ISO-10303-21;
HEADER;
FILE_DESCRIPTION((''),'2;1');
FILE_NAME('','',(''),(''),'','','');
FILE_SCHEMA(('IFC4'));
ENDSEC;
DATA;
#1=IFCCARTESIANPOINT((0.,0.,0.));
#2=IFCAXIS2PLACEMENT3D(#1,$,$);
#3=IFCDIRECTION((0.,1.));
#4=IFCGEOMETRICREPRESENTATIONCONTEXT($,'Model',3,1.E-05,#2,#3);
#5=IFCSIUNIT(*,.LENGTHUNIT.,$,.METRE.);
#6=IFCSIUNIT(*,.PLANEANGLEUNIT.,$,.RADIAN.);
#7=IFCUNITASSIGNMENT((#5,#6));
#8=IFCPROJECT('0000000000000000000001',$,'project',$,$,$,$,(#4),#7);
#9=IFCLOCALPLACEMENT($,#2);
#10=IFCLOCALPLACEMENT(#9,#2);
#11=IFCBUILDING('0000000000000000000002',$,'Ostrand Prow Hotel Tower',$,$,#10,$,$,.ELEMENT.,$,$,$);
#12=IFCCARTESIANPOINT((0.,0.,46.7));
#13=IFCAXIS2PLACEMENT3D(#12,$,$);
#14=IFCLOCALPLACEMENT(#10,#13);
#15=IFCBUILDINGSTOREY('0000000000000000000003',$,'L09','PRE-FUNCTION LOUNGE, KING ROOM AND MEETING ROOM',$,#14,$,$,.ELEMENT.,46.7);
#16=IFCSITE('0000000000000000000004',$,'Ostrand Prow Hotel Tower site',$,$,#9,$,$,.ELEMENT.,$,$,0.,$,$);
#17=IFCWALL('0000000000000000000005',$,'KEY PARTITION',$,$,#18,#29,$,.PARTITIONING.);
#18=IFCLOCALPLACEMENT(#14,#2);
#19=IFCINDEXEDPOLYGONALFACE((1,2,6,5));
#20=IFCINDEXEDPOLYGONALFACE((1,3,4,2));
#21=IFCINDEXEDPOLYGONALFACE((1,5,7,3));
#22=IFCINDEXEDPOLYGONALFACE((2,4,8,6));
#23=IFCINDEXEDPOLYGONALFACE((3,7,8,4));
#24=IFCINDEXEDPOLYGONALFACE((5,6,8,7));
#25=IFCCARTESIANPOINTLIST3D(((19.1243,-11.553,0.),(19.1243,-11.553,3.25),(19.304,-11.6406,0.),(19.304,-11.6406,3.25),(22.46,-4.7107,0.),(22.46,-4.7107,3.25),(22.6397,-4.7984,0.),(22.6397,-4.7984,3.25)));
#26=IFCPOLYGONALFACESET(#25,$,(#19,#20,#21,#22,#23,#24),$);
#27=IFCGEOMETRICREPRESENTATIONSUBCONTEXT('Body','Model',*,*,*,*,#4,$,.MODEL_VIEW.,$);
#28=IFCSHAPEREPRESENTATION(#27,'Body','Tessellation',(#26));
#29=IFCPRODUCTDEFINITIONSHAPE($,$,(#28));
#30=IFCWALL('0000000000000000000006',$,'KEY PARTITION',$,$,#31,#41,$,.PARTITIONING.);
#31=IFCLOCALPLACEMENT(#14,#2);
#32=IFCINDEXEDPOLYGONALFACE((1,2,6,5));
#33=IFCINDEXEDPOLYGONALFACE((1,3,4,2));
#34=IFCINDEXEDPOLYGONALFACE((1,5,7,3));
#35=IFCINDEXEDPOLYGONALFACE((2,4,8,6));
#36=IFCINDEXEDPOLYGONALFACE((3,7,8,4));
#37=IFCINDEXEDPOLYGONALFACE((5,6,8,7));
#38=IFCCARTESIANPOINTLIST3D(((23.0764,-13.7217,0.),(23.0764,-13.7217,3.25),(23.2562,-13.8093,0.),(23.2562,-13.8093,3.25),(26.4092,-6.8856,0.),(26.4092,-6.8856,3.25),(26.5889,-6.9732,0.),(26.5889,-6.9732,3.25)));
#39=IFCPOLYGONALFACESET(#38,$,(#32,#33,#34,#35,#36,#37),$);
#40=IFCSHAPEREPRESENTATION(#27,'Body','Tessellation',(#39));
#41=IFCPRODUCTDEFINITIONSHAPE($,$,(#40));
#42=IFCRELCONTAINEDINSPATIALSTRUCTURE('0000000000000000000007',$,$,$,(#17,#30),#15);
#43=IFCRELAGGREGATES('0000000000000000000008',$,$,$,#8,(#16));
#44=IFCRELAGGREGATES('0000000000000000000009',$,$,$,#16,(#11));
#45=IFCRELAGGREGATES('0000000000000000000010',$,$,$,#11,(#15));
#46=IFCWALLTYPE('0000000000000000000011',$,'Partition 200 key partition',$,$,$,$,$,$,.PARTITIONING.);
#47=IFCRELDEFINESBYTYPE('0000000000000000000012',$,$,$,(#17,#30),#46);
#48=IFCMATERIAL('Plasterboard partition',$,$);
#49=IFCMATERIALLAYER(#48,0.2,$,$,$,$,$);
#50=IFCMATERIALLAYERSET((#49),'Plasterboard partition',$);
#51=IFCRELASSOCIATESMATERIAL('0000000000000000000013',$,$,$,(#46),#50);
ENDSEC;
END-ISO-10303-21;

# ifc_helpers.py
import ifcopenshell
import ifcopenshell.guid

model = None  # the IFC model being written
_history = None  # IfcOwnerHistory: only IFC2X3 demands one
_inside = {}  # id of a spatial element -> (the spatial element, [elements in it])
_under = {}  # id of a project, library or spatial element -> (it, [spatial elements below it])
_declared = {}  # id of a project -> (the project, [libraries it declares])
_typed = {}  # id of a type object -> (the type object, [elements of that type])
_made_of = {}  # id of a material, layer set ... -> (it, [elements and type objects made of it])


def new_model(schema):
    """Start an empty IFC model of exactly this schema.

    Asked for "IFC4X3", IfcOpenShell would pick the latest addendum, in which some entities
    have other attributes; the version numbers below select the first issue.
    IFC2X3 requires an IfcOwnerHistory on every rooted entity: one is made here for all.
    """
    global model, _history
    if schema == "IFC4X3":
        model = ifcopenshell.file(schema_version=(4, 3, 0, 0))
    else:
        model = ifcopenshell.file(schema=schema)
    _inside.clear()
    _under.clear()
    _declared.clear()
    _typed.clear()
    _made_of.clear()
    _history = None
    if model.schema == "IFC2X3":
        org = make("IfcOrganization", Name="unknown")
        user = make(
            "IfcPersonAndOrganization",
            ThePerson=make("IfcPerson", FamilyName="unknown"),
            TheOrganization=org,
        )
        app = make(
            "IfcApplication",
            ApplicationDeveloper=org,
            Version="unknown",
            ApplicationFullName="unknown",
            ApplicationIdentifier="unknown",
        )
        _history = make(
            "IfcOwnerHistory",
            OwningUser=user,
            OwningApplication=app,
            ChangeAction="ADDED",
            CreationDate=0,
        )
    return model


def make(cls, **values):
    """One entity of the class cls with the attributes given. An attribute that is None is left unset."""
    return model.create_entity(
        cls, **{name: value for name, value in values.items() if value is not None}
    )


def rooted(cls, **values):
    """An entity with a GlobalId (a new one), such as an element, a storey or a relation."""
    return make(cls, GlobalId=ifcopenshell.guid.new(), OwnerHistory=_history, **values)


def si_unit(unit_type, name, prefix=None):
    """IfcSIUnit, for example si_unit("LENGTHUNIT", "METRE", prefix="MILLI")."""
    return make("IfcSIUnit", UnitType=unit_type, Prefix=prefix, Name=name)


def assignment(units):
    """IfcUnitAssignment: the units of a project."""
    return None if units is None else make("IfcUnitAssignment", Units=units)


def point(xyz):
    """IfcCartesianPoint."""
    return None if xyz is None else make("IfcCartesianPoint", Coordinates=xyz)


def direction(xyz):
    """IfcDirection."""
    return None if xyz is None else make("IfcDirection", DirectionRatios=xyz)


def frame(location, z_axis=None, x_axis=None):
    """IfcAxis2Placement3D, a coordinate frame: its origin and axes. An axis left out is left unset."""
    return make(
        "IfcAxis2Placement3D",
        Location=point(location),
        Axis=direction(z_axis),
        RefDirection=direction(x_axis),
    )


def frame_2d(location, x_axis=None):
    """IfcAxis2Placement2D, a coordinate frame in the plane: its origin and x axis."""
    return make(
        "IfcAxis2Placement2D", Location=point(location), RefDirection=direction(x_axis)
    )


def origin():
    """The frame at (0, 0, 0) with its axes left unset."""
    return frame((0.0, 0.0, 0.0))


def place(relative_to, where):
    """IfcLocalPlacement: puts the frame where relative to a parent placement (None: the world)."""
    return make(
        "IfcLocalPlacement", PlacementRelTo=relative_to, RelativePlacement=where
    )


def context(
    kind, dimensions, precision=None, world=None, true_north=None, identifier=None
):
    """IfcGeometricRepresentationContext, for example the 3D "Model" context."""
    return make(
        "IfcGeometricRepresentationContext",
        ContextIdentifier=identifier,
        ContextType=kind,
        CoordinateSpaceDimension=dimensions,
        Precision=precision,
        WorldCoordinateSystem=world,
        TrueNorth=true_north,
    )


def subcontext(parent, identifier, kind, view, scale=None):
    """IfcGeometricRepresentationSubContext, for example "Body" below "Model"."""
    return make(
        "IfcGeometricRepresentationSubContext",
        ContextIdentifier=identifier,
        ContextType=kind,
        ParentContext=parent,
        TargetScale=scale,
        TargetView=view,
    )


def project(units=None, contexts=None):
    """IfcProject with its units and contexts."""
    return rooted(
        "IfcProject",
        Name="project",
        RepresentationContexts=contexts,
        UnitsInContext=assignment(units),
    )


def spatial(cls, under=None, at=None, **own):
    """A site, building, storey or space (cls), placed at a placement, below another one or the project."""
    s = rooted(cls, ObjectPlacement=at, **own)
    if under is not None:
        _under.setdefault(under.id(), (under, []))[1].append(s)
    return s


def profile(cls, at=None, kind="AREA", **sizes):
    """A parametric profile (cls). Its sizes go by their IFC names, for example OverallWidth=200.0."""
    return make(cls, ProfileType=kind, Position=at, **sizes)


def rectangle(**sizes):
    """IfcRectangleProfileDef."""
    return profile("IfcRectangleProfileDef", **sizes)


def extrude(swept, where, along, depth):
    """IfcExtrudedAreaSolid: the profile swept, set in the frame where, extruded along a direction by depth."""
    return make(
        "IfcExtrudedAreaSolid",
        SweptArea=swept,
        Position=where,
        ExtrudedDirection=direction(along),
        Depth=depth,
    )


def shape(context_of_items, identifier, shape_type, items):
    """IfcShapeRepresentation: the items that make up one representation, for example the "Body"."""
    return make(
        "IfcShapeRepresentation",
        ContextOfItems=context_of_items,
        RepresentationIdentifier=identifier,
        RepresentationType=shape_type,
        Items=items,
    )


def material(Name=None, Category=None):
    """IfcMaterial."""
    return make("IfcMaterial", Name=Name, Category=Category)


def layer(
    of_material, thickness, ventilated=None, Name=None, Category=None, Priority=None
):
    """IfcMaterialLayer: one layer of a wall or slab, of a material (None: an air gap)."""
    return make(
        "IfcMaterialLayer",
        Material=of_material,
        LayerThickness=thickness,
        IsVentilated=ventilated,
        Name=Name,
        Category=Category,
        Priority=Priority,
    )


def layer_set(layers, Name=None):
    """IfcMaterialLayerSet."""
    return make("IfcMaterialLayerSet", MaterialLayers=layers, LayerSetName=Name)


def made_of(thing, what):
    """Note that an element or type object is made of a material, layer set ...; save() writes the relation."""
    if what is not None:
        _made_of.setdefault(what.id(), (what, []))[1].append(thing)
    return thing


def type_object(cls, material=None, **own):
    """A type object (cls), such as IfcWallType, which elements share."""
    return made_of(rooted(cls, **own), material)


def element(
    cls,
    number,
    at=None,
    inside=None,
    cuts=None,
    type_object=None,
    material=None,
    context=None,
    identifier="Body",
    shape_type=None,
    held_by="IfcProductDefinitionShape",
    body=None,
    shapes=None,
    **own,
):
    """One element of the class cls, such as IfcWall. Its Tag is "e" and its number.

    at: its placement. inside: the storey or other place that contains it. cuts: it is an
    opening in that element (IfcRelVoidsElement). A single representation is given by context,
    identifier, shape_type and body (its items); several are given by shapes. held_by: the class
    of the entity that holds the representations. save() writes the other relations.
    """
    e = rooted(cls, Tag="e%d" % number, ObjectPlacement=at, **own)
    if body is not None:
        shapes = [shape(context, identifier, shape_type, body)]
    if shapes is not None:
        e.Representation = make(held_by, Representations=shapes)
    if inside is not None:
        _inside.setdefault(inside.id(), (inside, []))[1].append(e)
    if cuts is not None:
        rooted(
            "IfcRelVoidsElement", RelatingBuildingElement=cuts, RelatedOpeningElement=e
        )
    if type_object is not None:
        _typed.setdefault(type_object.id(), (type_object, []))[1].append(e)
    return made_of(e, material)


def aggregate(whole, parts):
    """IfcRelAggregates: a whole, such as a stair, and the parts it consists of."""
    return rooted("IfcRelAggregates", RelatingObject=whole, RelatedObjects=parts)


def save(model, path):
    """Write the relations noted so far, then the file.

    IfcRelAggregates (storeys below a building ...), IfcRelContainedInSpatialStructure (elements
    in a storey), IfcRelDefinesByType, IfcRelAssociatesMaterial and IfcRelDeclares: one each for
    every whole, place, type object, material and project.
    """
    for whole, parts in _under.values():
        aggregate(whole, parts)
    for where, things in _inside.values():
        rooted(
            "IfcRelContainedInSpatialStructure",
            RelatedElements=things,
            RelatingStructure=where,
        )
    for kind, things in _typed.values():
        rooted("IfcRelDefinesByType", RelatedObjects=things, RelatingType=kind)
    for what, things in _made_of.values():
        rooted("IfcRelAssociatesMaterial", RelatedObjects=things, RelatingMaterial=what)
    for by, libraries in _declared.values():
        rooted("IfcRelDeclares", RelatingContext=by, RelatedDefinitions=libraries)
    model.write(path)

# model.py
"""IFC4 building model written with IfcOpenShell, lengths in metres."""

from ifc_helpers import new_model, si_unit, direction, frame, frame_2d, origin, place, context, subcontext, project, spatial, rectangle, extrude, material, layer, layer_set, type_object, element, save


model = new_model("IFC4")

# Units and contexts
model_context = context("Model", 3, precision=1e-05, world=origin(), true_north=direction((0.0, 1.0)))
body_context = subcontext(model_context, "Body", "Model", "MODEL_VIEW")
ifc_project = project(units=[si_unit("LENGTHUNIT", "METRE"), si_unit("PLANEANGLEUNIT", "RADIAN")], contexts=[model_context])

# Site, building, storey
site_placement = place(None, origin())
site = spatial("IfcSite", under=ifc_project, at=site_placement, Name="Ostrand Prow Hotel Tower site", CompositionType="ELEMENT", RefElevation=0.0)
building_placement = place(site_placement, origin())
building = spatial("IfcBuilding", under=site, at=building_placement, Name="Ostrand Prow Hotel Tower", CompositionType="ELEMENT")
storey_placement = place(building_placement, frame((0.0, 0.0, 46.7)))
storey = spatial("IfcBuildingStorey", under=building, at=storey_placement, Name="L09", Description="PRE-FUNCTION LOUNGE, KING ROOM AND MEETING ROOM", CompositionType="ELEMENT", Elevation=46.7)

# Walls
ifc_material_1 = material(Name="Plasterboard partition")
ifc_layer_1 = layer(ifc_material_1, 0.2)
ifc_layer_set_1 = layer_set([ifc_layer_1], Name="Plasterboard partition")
wall_type_1 = type_object("IfcWallType", Name="Partition 200 key partition", PredefinedType="PARTITIONING", material=ifc_layer_set_1)
wall_1_placement = place(storey_placement, frame((19.2141, -11.5969, 0.0), z_axis=(0.0, 0.0, 1.0), x_axis=(0.438211, 0.898872, 0.0)))
element("IfcWall", 1, at=wall_1_placement, inside=storey, type_object=wall_type_1, Name="KEY PARTITION", PredefinedType="PARTITIONING", context=body_context, shape_type="SweptSolid", body=[
    extrude(rectangle(XDim=7.6121, YDim=0.2, at=frame_2d((3.8062, 0.0))), origin(), (0.0, 0.0, 1.0), 3.25),
])
wall_2_placement = place(storey_placement, frame((23.1663, -13.7656, 0.0), z_axis=(0.0, 0.0, 1.0), x_axis=(0.438216, 0.89887, 0.0)))
element("IfcWall", 2, at=wall_2_placement, inside=storey, type_object=wall_type_1, Name="KEY PARTITION", PredefinedType="PARTITIONING", context=body_context, shape_type="SweptSolid", body=[
    extrude(rectangle(XDim=7.6052, YDim=0.2, at=frame_2d((3.8027, 0.0))), origin(), (0.0, 0.0, 1.0), 3.25),
])

save(model, "model.ifc")
